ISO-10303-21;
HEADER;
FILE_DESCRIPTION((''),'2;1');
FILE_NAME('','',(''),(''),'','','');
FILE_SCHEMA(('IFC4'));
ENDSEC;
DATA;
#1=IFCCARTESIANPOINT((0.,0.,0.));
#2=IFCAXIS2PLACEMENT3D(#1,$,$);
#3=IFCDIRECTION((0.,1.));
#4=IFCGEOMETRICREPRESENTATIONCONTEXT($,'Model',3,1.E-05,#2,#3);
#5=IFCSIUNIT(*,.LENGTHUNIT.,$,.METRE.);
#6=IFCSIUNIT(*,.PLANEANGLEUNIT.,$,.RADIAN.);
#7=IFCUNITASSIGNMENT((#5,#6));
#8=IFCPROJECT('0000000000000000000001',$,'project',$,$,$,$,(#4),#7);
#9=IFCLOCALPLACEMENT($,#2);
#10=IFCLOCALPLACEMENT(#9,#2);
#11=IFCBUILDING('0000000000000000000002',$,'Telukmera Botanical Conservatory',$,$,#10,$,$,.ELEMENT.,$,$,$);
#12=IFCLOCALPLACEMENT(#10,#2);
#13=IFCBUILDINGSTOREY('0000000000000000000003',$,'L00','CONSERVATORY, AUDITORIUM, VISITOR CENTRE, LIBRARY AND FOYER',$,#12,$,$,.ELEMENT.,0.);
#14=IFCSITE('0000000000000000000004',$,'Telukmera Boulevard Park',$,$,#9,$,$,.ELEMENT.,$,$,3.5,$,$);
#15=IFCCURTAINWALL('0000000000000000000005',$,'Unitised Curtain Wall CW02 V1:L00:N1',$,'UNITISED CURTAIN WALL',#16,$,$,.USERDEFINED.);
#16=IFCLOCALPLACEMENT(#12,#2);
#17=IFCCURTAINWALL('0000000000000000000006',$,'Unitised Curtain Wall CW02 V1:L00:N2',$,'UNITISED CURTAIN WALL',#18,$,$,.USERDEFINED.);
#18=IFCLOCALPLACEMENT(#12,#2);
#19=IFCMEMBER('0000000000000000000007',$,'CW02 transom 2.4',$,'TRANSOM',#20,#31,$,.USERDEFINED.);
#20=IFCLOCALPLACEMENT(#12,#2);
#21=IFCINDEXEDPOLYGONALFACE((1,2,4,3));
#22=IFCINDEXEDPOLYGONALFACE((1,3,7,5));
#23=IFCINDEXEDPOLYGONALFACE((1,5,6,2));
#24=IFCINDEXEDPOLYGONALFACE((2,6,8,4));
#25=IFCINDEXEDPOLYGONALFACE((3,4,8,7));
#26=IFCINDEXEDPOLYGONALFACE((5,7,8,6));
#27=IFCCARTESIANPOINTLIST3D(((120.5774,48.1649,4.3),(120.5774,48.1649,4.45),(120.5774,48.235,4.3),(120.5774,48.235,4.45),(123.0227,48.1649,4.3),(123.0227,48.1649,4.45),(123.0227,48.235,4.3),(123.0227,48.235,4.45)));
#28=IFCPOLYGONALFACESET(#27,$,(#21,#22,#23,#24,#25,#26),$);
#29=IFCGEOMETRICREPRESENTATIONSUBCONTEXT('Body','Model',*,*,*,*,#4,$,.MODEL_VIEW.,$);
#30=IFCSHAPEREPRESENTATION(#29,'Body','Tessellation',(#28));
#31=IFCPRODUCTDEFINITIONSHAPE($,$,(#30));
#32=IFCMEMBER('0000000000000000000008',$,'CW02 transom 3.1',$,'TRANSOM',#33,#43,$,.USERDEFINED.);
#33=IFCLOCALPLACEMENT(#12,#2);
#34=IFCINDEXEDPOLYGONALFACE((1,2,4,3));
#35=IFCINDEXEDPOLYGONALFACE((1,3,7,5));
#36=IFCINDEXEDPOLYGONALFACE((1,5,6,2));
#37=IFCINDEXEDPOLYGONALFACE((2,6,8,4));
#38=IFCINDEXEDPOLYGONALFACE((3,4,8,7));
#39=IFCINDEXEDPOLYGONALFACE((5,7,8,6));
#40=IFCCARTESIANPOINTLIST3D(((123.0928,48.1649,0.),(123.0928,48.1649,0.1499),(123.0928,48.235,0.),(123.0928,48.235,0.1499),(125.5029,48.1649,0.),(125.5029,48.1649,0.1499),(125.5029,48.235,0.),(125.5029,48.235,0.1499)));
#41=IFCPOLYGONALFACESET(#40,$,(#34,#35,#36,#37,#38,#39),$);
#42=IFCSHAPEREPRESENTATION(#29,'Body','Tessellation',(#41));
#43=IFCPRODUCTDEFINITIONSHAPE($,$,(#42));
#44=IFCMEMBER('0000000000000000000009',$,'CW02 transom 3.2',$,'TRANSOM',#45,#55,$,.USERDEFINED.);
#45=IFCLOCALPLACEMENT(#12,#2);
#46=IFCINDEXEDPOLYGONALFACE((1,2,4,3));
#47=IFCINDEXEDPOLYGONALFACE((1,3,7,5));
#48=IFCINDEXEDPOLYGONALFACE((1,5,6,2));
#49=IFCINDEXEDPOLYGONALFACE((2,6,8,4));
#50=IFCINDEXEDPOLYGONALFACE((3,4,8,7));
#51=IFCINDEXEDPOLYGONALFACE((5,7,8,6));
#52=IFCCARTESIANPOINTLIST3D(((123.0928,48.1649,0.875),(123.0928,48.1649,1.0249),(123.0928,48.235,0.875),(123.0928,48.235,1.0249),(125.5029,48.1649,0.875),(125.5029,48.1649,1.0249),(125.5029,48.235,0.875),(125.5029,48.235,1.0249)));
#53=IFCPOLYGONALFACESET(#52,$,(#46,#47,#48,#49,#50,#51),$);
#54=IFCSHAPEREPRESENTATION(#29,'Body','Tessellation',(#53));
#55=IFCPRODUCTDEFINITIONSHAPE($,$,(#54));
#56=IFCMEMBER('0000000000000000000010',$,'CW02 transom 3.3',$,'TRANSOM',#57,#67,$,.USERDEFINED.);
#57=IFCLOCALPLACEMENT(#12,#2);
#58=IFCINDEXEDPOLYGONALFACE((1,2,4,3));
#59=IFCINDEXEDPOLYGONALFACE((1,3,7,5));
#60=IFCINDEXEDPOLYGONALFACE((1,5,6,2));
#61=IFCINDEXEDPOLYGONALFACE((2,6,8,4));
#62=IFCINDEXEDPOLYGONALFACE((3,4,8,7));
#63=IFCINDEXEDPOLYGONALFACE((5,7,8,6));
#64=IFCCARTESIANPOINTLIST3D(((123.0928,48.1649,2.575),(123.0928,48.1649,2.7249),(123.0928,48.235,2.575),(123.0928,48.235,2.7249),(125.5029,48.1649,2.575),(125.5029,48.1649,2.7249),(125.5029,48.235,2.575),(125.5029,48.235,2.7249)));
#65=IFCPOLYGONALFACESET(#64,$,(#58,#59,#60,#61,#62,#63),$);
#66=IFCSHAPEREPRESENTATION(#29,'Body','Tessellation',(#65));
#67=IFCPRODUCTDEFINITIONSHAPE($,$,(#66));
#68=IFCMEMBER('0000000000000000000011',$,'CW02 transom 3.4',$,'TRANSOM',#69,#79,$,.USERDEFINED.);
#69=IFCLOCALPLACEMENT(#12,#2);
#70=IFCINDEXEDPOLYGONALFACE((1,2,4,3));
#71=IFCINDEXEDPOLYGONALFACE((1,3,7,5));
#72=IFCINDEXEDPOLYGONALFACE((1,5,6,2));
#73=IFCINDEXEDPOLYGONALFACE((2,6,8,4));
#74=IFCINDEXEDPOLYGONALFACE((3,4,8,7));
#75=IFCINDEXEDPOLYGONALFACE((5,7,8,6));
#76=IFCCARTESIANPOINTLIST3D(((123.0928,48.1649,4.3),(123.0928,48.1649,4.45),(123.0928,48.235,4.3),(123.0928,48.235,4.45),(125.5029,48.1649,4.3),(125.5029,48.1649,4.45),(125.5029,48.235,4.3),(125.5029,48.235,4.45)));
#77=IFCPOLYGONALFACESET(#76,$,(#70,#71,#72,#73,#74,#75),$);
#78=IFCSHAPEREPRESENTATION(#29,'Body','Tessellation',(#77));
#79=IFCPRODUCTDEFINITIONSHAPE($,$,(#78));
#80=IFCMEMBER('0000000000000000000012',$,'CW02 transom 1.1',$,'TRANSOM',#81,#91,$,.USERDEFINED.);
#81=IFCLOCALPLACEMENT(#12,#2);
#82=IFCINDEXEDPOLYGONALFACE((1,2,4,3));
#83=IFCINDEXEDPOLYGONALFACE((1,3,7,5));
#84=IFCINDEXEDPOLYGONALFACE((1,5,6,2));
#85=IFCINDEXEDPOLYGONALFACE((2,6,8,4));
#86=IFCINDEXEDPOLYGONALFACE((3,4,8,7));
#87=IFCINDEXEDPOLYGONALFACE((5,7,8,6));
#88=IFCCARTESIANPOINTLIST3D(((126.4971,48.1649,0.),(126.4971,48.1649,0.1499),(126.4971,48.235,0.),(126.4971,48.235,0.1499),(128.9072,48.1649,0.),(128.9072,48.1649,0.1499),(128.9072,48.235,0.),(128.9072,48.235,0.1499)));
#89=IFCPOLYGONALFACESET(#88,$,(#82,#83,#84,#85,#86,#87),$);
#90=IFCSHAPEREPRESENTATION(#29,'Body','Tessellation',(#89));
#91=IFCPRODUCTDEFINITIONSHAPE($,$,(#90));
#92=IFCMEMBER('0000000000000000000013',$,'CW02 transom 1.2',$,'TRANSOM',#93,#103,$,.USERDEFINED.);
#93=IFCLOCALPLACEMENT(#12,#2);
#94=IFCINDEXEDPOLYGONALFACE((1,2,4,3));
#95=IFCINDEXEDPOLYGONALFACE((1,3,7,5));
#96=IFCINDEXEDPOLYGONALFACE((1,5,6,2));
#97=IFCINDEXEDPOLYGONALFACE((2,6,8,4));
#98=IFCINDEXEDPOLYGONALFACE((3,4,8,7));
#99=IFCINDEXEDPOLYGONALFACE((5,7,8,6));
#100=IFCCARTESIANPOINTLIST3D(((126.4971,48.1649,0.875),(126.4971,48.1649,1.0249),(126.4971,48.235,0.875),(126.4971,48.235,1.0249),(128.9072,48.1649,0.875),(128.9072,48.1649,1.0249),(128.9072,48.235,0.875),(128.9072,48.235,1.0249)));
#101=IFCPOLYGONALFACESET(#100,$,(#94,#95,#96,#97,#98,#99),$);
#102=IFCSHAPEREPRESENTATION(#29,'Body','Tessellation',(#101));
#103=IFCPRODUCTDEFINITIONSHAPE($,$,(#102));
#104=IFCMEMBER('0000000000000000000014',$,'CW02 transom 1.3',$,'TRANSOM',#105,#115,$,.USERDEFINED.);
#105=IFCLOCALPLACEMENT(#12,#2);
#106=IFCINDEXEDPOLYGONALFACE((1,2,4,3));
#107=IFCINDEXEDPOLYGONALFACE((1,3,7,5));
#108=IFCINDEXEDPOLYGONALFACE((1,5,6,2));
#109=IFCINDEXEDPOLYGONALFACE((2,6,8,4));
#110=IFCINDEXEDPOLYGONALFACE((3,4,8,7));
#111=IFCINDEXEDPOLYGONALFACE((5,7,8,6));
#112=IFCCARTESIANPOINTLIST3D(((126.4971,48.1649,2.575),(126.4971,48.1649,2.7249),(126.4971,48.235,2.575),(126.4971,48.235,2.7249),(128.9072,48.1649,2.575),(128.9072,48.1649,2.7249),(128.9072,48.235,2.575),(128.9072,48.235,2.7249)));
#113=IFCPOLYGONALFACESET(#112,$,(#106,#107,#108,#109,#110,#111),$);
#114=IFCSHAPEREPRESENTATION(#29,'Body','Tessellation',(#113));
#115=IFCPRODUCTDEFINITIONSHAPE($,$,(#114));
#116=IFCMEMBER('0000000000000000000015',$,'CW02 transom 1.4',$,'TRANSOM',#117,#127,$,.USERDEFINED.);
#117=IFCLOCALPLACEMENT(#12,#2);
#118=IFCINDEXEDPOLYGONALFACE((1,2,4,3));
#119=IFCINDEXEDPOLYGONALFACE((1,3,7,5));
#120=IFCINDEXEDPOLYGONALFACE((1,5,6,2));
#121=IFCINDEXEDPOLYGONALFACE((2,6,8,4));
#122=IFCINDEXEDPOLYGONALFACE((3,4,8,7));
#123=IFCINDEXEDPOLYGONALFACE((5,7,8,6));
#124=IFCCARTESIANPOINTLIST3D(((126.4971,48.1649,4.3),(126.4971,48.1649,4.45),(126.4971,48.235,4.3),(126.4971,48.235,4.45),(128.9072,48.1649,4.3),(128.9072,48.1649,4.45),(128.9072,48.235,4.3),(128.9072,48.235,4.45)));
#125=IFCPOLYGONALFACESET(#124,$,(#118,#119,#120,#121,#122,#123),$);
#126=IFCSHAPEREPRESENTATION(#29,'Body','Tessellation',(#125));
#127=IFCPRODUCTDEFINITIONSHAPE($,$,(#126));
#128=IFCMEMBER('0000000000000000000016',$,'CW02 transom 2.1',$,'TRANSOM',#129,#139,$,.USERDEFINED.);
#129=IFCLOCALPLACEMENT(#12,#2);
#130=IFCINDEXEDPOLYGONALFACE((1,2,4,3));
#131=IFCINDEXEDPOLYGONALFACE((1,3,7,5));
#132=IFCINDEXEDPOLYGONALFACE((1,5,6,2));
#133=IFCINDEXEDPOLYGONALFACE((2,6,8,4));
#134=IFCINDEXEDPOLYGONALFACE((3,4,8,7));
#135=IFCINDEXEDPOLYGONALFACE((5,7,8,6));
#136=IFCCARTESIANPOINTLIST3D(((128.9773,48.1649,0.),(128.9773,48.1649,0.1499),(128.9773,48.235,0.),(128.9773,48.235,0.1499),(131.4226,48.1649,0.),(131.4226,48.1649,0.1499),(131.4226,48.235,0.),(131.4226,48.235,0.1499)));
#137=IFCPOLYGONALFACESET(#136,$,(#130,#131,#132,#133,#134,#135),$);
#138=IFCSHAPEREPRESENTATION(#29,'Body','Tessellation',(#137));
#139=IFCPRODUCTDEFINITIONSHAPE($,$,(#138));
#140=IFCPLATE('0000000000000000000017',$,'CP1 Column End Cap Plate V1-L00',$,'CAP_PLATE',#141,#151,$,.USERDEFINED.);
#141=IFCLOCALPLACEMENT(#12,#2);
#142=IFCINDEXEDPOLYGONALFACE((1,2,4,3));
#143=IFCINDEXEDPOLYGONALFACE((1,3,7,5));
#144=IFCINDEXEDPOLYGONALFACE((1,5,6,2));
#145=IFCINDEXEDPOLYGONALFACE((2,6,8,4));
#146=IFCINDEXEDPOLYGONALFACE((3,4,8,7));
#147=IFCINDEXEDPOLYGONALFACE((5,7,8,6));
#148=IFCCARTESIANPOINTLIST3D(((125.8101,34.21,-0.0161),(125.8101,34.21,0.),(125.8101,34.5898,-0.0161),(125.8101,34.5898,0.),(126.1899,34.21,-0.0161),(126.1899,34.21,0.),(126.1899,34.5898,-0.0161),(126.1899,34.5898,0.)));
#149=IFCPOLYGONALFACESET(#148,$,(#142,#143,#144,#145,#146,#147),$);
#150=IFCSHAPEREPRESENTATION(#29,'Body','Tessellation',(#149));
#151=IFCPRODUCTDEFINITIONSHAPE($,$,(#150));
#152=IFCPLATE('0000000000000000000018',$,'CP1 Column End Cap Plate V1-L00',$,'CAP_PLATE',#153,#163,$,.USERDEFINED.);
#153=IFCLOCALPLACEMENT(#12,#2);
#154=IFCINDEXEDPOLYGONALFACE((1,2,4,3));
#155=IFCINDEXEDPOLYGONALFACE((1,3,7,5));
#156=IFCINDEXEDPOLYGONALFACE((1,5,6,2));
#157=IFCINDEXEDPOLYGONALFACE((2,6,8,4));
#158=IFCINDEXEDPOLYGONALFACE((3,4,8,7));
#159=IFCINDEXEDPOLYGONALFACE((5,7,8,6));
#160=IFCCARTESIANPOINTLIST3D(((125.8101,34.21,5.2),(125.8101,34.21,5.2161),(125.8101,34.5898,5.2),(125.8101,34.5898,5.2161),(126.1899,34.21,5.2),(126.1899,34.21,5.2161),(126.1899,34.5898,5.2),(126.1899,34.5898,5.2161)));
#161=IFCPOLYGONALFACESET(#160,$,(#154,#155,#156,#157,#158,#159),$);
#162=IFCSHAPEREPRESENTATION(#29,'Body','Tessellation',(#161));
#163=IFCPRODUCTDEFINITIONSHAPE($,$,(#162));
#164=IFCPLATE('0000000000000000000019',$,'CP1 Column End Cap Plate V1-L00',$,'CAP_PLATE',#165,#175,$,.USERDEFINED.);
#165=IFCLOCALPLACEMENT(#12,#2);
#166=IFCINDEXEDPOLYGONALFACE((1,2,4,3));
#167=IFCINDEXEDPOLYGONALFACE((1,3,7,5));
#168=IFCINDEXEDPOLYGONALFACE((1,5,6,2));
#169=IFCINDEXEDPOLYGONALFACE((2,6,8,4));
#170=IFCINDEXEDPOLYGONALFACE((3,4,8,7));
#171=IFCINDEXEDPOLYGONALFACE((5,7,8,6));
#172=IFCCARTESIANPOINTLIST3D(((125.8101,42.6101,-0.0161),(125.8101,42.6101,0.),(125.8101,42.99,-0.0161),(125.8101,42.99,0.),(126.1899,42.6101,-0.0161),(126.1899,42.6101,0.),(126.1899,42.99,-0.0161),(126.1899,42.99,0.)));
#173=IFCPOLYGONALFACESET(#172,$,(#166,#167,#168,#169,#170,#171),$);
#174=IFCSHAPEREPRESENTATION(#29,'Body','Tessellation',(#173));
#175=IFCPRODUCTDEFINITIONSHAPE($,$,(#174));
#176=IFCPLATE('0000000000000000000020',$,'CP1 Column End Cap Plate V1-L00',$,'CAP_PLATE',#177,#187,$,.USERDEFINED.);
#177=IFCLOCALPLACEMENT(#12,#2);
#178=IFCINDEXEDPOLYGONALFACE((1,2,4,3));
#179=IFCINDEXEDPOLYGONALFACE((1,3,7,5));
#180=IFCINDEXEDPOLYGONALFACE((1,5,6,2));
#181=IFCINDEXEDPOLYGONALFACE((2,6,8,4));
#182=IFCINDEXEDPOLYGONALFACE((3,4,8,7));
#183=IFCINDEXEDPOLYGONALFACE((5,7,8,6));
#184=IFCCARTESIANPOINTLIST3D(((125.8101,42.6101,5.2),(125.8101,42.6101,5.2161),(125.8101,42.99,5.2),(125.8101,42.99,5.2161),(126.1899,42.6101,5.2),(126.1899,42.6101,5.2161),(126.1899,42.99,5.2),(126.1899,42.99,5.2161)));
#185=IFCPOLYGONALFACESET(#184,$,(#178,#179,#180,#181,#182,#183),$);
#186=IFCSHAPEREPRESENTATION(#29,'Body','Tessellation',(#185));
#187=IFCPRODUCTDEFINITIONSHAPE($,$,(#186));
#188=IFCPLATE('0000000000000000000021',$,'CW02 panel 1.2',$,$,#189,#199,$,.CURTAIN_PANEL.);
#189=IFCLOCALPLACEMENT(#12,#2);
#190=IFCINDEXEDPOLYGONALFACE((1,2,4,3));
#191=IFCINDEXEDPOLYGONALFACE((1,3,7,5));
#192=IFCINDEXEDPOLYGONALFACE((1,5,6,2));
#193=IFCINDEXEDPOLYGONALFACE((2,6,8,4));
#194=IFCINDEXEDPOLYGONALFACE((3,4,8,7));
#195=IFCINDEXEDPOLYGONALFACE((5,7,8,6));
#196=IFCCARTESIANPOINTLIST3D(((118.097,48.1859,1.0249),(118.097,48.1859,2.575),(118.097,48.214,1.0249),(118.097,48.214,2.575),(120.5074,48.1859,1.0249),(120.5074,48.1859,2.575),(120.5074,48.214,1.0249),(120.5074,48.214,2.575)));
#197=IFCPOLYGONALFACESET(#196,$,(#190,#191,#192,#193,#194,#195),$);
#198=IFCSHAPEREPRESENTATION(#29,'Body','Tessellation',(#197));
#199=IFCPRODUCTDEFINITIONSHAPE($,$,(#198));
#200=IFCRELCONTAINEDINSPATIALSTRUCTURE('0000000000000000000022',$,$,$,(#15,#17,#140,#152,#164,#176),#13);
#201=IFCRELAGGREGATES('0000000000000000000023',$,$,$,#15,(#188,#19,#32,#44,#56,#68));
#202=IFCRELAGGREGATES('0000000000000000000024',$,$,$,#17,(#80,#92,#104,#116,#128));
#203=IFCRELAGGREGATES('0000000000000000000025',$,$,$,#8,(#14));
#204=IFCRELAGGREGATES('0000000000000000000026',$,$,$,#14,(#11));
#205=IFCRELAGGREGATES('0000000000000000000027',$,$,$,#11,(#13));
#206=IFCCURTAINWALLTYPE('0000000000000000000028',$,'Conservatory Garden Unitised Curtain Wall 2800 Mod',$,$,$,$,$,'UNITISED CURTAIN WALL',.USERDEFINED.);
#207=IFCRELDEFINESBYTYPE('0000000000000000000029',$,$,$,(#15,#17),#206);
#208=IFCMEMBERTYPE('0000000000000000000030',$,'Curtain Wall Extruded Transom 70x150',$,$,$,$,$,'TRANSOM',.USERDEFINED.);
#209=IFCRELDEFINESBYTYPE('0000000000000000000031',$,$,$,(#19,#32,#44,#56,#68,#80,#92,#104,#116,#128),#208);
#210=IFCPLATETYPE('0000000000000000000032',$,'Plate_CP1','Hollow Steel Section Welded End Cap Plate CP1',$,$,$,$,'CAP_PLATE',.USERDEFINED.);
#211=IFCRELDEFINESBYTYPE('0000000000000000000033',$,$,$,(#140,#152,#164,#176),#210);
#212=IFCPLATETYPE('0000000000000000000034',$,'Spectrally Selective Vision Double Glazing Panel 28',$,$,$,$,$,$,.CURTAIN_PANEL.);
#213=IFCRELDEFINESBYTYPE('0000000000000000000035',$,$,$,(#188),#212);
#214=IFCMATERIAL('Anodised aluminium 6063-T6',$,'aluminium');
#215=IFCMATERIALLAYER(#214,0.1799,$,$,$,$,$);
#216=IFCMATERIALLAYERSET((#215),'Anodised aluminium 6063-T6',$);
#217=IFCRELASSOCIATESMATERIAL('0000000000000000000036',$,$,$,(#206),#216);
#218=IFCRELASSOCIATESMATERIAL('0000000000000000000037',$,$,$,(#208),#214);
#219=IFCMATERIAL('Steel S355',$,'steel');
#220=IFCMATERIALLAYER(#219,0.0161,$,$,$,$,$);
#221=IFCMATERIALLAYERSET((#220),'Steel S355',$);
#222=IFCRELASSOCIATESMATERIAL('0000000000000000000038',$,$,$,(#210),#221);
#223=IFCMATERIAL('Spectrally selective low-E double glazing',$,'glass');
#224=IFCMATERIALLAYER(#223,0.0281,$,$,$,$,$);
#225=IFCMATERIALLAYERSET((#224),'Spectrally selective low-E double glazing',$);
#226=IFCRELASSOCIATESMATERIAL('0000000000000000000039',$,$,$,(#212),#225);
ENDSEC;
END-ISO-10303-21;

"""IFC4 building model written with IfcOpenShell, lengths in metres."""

from ifc_helpers import new_model, si_unit, direction, frame, origin, origin_2d, place, context, subcontext, project, spatial, rectangle, extrude, material, layer, layer_set, material_profile, profile_set, type_object, element, aggregate, save


model = new_model("IFC4")

# Units and contexts
model_context = context("Model", 3, precision=1e-05, world=origin(), true_north=direction((0.0, 1.0)))
body_context = subcontext(model_context, "Body", "Model", "MODEL_VIEW")
ifc_project = project(units=[si_unit("LENGTHUNIT", "METRE"), si_unit("PLANEANGLEUNIT", "RADIAN")], contexts=[model_context])

# Site, building, storey
site_placement = place(None, origin())
site = spatial("IfcSite", under=ifc_project, at=site_placement, Name="Telukmera Boulevard Park", CompositionType="ELEMENT", RefElevation=3.5)
building_placement = place(site_placement, origin())
building = spatial("IfcBuilding", under=site, at=building_placement, Name="Telukmera Botanical Conservatory", CompositionType="ELEMENT")
storey_placement = place(building_placement, origin())
storey = spatial("IfcBuildingStorey", under=building, at=storey_placement, Name="L00", Description="CONSERVATORY, AUDITORIUM, VISITOR CENTRE, LIBRARY AND FOYER", CompositionType="ELEMENT", Elevation=0.0)

# Shared definitions
ifc_material_1 = material(Name="Steel S355", Category="steel")

# Curtain walls
ifc_material_2 = material(Name="Anodised aluminium 6063-T6", Category="aluminium")
ifc_layer_1 = layer(ifc_material_2, 0.1799)
ifc_layer_set_1 = layer_set([ifc_layer_1], Name="Anodised aluminium 6063-T6")
curtain_wall_type = type_object("IfcCurtainWallType", Name="Conservatory Garden Unitised Curtain Wall 2800 Mod", ElementType="UNITISED CURTAIN WALL", PredefinedType="USERDEFINED", material=ifc_layer_set_1)
curtain_wall_1_placement = place(storey_placement, origin())
curtain_wall_1 = element("IfcCurtainWall", 1, at=curtain_wall_1_placement, inside=storey, type_object=curtain_wall_type, Name="Unitised Curtain Wall CW02 V1:L00:N1", ObjectType="UNITISED CURTAIN WALL", PredefinedType="USERDEFINED")
curtain_wall_2_placement = place(storey_placement, origin())
curtain_wall_2 = element("IfcCurtainWall", 2, at=curtain_wall_2_placement, inside=storey, type_object=curtain_wall_type, Name="Unitised Curtain Wall CW02 V1:L00:N2", ObjectType="UNITISED CURTAIN WALL", PredefinedType="USERDEFINED")

# Members
ifc_material_profile_1 = material_profile(ifc_material_2, rectangle(XDim=0.0701, YDim=0.1499, at=origin_2d()), Name="ALU TRAN 70x150")
ifc_profile_set_1 = profile_set([ifc_material_profile_1], Name="Anodised aluminium 6063-T6")
member_type_1 = type_object("IfcMemberType", Name="Curtain Wall Extruded Transom 70x150", ElementType="TRANSOM", PredefinedType="USERDEFINED", material=ifc_profile_set_1)
member_1_placement = place(storey_placement, frame((120.5774, 48.2, 4.375), z_axis=(1.0, 0.0, 0.0), x_axis=(0.0, 1.0, 0.0)))
member_1 = element("IfcMember", 3, at=member_1_placement, type_object=member_type_1, Name="CW02 transom 2.4", ObjectType="TRANSOM", PredefinedType="USERDEFINED", context=body_context, shape_type="SweptSolid", body=[
    extrude(rectangle(XDim=0.0701, YDim=0.1499, at=origin_2d()), origin(), (0.0, 0.0, 1.0), 2.4453),
])
member_2_placement = place(storey_placement, frame((123.0928, 48.2, 0.075), z_axis=(1.0, 0.0, 0.0), x_axis=(0.0, 1.0, 0.0)))
member_2 = element("IfcMember", 4, at=member_2_placement, type_object=member_type_1, Name="CW02 transom 3.1", ObjectType="TRANSOM", PredefinedType="USERDEFINED", context=body_context, shape_type="SweptSolid", body=[
    extrude(rectangle(XDim=0.0701, YDim=0.1499, at=origin_2d()), origin(), (0.0, 0.0, 1.0), 2.4102),
])
member_3_placement = place(storey_placement, frame((123.0928, 48.2, 0.95), z_axis=(1.0, 0.0, 0.0), x_axis=(0.0, 1.0, 0.0)))
member_3 = element("IfcMember", 5, at=member_3_placement, type_object=member_type_1, Name="CW02 transom 3.2", ObjectType="TRANSOM", PredefinedType="USERDEFINED", context=body_context, shape_type="SweptSolid", body=[
    extrude(rectangle(XDim=0.0701, YDim=0.1499, at=origin_2d()), origin(), (0.0, 0.0, 1.0), 2.4102),
])
member_4_placement = place(storey_placement, frame((123.0928, 48.2, 2.6499), z_axis=(1.0, 0.0, 0.0), x_axis=(0.0, 1.0, 0.0)))
member_4 = element("IfcMember", 6, at=member_4_placement, type_object=member_type_1, Name="CW02 transom 3.3", ObjectType="TRANSOM", PredefinedType="USERDEFINED", context=body_context, shape_type="SweptSolid", body=[
    extrude(rectangle(XDim=0.0701, YDim=0.1499, at=origin_2d()), origin(), (0.0, 0.0, 1.0), 2.4102),
])
member_5_placement = place(storey_placement, frame((123.0928, 48.2, 4.375), z_axis=(1.0, 0.0, 0.0), x_axis=(0.0, 1.0, 0.0)))
member_5 = element("IfcMember", 7, at=member_5_placement, type_object=member_type_1, Name="CW02 transom 3.4", ObjectType="TRANSOM", PredefinedType="USERDEFINED", context=body_context, shape_type="SweptSolid", body=[
    extrude(rectangle(XDim=0.0701, YDim=0.1499, at=origin_2d()), origin(), (0.0, 0.0, 1.0), 2.4102),
])
member_6_placement = place(storey_placement, frame((126.4971, 48.2, 0.075), z_axis=(1.0, 0.0, 0.0), x_axis=(0.0, 1.0, 0.0)))
member_6 = element("IfcMember", 8, at=member_6_placement, type_object=member_type_1, Name="CW02 transom 1.1", ObjectType="TRANSOM", PredefinedType="USERDEFINED", context=body_context, shape_type="SweptSolid", body=[
    extrude(rectangle(XDim=0.0701, YDim=0.1499, at=origin_2d()), origin(), (0.0, 0.0, 1.0), 2.4102),
])
member_7_placement = place(storey_placement, frame((126.4971, 48.2, 0.95), z_axis=(1.0, 0.0, 0.0), x_axis=(0.0, 1.0, 0.0)))
member_7 = element("IfcMember", 9, at=member_7_placement, type_object=member_type_1, Name="CW02 transom 1.2", ObjectType="TRANSOM", PredefinedType="USERDEFINED", context=body_context, shape_type="SweptSolid", body=[
    extrude(rectangle(XDim=0.0701, YDim=0.1499, at=origin_2d()), origin(), (0.0, 0.0, 1.0), 2.4102),
])
member_8_placement = place(storey_placement, frame((126.4971, 48.2, 2.6499), z_axis=(1.0, 0.0, 0.0), x_axis=(0.0, 1.0, 0.0)))
member_8 = element("IfcMember", 10, at=member_8_placement, type_object=member_type_1, Name="CW02 transom 1.3", ObjectType="TRANSOM", PredefinedType="USERDEFINED", context=body_context, shape_type="SweptSolid", body=[
    extrude(rectangle(XDim=0.0701, YDim=0.1499, at=origin_2d()), origin(), (0.0, 0.0, 1.0), 2.4102),
])
member_9_placement = place(storey_placement, frame((126.4971, 48.2, 4.375), z_axis=(1.0, 0.0, 0.0), x_axis=(0.0, 1.0, 0.0)))
member_9 = element("IfcMember", 11, at=member_9_placement, type_object=member_type_1, Name="CW02 transom 1.4", ObjectType="TRANSOM", PredefinedType="USERDEFINED", context=body_context, shape_type="SweptSolid", body=[
    extrude(rectangle(XDim=0.0701, YDim=0.1499, at=origin_2d()), origin(), (0.0, 0.0, 1.0), 2.4102),
])
member_10_placement = place(storey_placement, frame((128.9773, 48.2, 0.075), z_axis=(1.0, 0.0, 0.0), x_axis=(0.0, 1.0, 0.0)))
member_10 = element("IfcMember", 12, at=member_10_placement, type_object=member_type_1, Name="CW02 transom 2.1", ObjectType="TRANSOM", PredefinedType="USERDEFINED", context=body_context, shape_type="SweptSolid", body=[
    extrude(rectangle(XDim=0.0701, YDim=0.1499, at=origin_2d()), origin(), (0.0, 0.0, 1.0), 2.4453),
])

# Plates
ifc_layer_2 = layer(ifc_material_1, 0.0161)
ifc_layer_set_2 = layer_set([ifc_layer_2], Name="Steel S355")
plate_type_1 = type_object("IfcPlateType", Name="Plate_CP1", Description="Hollow Steel Section Welded End Cap Plate CP1", ElementType="CAP_PLATE", PredefinedType="USERDEFINED", material=ifc_layer_set_2)
for number, where, z_axis, x_axis, name in (
    (13, (126.0, 34.3999, -0.0161), (0.0, 0.0, 1.0), (1.0, 0.0, 0.0), "CP1 Column End Cap Plate V1-L00"),
    (14, (126.0, 34.3999, 5.2), (0.0, 0.0, 1.0), (1.0, 0.0, 0.0), "CP1 Column End Cap Plate V1-L00"),
    (15, (126.0, 42.8, -0.0161), (0.0, 0.0, 1.0), (1.0, 0.0, 0.0), "CP1 Column End Cap Plate V1-L00"),
    (16, (126.0, 42.8, 5.2), (0.0, 0.0, 1.0), (1.0, 0.0, 0.0), "CP1 Column End Cap Plate V1-L00"),
):
    element("IfcPlate", number, at=place(storey_placement, frame(where, z_axis=z_axis, x_axis=x_axis)), inside=storey, type_object=plate_type_1, Name=name, ObjectType="CAP_PLATE", PredefinedType="USERDEFINED", context=body_context, shape_type="SweptSolid", body=[
        extrude(rectangle(XDim=0.3799, YDim=0.3799, at=origin_2d()), origin(), (0.0, 0.0, 1.0), 0.0161),
    ])

# Plate
ifc_material_3 = material(Name="Spectrally selective low-E double glazing", Category="glass")
ifc_layer_3 = layer(ifc_material_3, 0.0281)
ifc_layer_set_3 = layer_set([ifc_layer_3], Name="Spectrally selective low-E double glazing")
plate_type_2 = type_object("IfcPlateType", Name="Spectrally Selective Vision Double Glazing Panel 28", PredefinedType="CURTAIN_PANEL", material=ifc_layer_set_3)
plate_1_placement = place(storey_placement, frame((119.3022, 48.2, 1.0249), z_axis=(0.0, 0.0, 1.0), x_axis=(1.0, 0.0, 0.0)))
plate_1 = element("IfcPlate", 17, at=plate_1_placement, type_object=plate_type_2, Name="CW02 panel 1.2", PredefinedType="CURTAIN_PANEL", context=body_context, shape_type="SweptSolid", body=[
    extrude(rectangle(XDim=2.4104, YDim=0.0281, at=origin_2d()), origin(), (0.0, 0.0, 1.0), 1.55),
])
aggregate(curtain_wall_1, [plate_1, member_1, member_2, member_3, member_4, member_5])
aggregate(curtain_wall_2, [member_6, member_7, member_8, member_9, member_10])

save(model, "model.ifc")
